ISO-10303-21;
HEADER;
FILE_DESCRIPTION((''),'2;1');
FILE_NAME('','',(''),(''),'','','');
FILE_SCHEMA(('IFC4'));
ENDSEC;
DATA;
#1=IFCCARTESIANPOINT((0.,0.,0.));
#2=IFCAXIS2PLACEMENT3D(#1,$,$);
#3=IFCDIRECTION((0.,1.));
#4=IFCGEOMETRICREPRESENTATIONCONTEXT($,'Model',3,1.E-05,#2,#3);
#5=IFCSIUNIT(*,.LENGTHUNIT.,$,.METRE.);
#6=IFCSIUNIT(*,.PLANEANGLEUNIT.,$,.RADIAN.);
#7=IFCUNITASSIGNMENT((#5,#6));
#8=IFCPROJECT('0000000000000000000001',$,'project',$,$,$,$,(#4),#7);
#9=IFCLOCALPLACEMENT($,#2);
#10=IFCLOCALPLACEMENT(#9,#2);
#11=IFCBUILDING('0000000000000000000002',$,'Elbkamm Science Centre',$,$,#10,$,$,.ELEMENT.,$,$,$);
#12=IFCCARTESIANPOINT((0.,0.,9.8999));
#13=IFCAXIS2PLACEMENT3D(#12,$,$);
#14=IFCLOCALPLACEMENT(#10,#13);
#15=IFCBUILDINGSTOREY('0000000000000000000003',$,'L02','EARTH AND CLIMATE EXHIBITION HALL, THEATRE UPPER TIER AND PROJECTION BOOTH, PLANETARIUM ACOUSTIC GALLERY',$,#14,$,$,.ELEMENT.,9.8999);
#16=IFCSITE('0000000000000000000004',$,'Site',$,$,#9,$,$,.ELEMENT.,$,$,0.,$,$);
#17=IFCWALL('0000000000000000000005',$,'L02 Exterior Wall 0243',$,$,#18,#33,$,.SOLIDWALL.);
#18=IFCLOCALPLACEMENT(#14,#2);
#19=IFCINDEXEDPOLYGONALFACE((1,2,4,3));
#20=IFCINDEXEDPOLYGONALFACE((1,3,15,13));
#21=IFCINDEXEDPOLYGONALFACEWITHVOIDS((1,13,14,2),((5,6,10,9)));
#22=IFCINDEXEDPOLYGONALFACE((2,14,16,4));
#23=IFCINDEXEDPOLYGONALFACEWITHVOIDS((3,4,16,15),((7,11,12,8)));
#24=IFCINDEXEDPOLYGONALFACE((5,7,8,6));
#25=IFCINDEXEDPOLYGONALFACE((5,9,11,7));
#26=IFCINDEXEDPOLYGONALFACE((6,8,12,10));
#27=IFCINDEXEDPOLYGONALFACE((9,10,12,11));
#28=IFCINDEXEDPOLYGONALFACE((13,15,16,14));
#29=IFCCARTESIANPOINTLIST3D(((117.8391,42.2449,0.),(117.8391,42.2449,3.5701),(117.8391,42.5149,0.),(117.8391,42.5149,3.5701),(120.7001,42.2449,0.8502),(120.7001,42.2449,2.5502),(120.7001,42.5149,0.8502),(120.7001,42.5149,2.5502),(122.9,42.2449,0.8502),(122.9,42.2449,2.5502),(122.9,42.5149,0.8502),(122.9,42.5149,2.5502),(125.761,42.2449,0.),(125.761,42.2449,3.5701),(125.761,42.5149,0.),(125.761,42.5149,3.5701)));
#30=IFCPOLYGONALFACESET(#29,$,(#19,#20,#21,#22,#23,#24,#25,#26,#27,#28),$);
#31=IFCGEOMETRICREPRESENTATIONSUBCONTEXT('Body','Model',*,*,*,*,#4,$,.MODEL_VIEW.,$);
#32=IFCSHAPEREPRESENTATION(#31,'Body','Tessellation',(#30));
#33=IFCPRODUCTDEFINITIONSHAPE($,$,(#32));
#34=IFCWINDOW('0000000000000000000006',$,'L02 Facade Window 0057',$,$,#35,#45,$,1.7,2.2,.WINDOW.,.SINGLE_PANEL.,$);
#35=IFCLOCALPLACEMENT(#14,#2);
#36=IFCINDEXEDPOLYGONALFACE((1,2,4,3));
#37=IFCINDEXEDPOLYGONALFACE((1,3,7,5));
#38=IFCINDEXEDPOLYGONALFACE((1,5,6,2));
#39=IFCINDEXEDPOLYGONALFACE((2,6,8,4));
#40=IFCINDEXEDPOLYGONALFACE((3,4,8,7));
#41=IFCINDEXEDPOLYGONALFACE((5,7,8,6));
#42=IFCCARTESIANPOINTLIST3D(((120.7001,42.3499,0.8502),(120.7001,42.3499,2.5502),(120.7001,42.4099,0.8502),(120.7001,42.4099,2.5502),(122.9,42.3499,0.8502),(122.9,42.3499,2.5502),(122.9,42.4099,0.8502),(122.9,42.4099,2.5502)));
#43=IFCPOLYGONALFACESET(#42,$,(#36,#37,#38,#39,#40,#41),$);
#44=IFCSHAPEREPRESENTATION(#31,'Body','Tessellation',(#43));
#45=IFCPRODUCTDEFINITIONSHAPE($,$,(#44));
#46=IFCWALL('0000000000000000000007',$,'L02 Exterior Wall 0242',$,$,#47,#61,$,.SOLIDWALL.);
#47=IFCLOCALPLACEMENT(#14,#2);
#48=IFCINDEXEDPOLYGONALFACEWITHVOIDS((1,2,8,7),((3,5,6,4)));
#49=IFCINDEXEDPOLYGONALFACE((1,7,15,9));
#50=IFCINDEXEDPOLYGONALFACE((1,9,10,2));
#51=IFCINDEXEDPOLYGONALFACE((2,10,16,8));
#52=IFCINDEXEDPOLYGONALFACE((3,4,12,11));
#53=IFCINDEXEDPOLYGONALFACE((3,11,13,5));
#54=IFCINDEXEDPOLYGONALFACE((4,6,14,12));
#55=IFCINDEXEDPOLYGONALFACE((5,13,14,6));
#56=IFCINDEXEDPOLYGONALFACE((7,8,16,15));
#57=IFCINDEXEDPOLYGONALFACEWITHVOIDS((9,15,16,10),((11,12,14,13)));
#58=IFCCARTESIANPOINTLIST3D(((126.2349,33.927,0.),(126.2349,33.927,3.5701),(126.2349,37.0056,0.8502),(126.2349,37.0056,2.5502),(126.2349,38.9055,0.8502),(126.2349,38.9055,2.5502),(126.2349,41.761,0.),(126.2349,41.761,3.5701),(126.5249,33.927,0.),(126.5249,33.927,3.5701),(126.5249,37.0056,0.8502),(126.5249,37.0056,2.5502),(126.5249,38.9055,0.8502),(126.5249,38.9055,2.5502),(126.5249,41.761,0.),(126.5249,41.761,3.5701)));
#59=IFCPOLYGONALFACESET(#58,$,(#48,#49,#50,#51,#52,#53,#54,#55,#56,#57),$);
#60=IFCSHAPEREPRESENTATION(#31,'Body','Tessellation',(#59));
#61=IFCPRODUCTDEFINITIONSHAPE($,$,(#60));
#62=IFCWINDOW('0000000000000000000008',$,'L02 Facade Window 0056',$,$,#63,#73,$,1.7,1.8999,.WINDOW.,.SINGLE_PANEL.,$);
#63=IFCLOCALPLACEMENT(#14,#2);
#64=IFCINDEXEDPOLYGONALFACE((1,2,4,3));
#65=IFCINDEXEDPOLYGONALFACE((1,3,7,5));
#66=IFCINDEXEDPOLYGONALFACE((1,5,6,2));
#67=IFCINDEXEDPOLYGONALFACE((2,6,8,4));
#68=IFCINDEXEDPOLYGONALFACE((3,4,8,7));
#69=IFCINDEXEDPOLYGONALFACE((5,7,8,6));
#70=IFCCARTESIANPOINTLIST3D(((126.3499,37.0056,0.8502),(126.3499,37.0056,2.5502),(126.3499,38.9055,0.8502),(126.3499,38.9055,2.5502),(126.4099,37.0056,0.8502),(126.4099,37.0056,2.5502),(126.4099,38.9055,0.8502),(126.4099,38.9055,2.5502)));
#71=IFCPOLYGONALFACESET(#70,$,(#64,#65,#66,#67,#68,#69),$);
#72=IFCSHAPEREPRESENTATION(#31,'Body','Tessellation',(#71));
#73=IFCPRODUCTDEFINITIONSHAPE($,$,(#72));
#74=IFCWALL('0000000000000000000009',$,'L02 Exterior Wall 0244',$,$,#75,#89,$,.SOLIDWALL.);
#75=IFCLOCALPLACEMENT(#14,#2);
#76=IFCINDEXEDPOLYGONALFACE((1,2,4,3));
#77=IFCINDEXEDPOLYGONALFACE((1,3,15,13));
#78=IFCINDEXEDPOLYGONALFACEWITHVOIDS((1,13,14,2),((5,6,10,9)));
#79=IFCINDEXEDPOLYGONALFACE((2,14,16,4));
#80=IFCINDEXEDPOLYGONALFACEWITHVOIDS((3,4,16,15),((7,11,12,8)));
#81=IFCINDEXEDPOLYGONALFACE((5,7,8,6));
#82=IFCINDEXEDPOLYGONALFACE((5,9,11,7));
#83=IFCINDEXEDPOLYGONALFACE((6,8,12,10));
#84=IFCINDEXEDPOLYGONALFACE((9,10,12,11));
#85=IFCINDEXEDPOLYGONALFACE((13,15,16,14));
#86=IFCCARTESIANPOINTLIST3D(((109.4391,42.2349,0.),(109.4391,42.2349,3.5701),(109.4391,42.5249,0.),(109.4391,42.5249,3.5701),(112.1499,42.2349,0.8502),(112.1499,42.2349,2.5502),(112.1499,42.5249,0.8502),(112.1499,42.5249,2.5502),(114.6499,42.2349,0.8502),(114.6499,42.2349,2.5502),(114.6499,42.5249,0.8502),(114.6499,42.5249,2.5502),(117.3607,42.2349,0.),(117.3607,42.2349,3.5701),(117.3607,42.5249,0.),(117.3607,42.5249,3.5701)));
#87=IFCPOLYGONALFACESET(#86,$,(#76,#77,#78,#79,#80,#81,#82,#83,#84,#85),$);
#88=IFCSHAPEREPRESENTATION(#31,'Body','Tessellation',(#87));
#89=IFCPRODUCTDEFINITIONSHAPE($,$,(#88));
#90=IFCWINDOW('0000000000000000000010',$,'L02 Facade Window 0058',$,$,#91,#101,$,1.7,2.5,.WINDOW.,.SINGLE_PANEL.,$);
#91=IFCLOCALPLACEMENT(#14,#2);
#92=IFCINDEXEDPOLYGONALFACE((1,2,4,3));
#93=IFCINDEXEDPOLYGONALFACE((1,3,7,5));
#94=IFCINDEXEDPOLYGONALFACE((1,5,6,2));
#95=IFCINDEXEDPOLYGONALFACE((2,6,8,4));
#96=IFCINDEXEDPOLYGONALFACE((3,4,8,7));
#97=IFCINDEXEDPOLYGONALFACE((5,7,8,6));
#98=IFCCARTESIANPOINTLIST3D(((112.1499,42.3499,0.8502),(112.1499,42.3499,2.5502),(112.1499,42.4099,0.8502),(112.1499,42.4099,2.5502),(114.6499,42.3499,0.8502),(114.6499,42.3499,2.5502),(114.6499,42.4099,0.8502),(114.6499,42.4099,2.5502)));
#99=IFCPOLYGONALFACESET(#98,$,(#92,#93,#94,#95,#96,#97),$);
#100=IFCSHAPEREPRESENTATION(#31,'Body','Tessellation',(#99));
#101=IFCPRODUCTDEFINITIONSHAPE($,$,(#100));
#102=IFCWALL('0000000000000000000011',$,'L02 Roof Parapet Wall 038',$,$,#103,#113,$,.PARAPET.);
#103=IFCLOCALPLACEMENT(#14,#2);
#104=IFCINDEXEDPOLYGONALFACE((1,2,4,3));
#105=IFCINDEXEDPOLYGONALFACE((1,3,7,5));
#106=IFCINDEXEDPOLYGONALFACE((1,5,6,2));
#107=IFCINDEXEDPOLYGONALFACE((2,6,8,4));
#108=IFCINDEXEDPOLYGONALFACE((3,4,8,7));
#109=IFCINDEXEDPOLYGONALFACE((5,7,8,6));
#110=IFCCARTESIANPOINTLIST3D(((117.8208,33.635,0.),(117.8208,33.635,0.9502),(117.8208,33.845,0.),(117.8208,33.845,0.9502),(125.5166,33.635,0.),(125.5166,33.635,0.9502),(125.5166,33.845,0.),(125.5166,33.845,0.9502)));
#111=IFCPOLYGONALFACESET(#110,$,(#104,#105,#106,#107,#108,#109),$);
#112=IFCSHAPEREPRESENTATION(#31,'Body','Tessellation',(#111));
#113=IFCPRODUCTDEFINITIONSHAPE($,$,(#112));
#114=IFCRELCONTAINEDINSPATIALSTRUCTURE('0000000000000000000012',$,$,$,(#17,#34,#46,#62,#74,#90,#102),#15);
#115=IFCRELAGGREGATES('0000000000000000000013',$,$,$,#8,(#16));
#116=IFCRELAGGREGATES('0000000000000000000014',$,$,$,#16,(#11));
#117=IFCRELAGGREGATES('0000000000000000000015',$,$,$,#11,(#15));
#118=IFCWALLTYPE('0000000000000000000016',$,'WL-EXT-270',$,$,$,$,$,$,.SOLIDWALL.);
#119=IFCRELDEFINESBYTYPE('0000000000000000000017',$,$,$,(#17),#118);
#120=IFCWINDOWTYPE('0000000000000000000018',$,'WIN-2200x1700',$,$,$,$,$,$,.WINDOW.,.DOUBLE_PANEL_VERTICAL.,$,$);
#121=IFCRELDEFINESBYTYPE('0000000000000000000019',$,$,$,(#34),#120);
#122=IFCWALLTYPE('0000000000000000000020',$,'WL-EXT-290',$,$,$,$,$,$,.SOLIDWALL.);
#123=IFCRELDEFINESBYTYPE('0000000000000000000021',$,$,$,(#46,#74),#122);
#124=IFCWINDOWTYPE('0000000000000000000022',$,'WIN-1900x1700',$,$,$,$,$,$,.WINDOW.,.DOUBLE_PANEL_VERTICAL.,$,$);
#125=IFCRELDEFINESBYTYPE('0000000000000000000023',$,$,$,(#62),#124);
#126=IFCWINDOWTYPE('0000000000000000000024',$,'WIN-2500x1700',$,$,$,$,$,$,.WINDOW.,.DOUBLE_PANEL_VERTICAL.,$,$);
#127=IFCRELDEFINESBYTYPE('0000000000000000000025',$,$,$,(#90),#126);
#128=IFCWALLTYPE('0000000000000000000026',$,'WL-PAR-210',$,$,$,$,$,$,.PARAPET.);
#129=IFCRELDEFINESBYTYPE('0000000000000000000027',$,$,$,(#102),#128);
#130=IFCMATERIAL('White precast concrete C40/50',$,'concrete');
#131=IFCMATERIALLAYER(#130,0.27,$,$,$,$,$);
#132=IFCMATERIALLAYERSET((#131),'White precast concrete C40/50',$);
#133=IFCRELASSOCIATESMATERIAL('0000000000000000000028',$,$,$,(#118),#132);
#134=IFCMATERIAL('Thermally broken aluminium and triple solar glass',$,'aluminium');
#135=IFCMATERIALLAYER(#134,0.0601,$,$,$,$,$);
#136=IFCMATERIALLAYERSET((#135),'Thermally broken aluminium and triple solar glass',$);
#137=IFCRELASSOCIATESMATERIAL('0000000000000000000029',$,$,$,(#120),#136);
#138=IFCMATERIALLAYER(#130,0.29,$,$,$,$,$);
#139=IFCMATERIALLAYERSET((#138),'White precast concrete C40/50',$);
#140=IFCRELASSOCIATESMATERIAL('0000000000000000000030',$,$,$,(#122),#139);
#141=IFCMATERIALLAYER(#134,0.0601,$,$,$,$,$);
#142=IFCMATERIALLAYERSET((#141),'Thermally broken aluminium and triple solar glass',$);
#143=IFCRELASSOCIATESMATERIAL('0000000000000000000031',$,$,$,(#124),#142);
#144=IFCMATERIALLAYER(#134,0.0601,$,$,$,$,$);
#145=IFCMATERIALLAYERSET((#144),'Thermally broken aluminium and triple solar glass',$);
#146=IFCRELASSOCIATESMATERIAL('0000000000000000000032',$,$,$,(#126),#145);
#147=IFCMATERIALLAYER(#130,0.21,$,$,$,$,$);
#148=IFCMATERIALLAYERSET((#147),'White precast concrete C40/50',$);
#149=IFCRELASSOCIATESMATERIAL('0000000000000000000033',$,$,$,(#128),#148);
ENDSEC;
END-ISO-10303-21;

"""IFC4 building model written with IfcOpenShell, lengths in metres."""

from ifc_helpers import new_model, si_unit, direction, frame, frame_2d, origin, place, context, subcontext, project, spatial, rectangle, extrude, material, layer, layer_set, type_object, element, fill, save


model = new_model("IFC4")

# Units and contexts
model_context = context("Model", 3, precision=1e-05, world=origin(), true_north=direction((0.0, 1.0)))
body_context = subcontext(model_context, "Body", "Model", "MODEL_VIEW")
ifc_project = project(units=[si_unit("LENGTHUNIT", "METRE"), si_unit("PLANEANGLEUNIT", "RADIAN")], contexts=[model_context])

# Site, building, storey
site_placement = place(None, origin())
site = spatial("IfcSite", under=ifc_project, at=site_placement, Name="Site", CompositionType="ELEMENT", RefElevation=0.0)
building_placement = place(site_placement, origin())
building = spatial("IfcBuilding", under=site, at=building_placement, Name="Elbkamm Science Centre", CompositionType="ELEMENT")
storey_placement = place(building_placement, frame((0.0, 0.0, 9.8999)))
storey = spatial("IfcBuildingStorey", under=building, at=storey_placement, Name="L02", Description="EARTH AND CLIMATE EXHIBITION HALL, THEATRE UPPER TIER AND PROJECTION BOOTH, PLANETARIUM ACOUSTIC GALLERY", CompositionType="ELEMENT", Elevation=9.8999)

# Walls, openings, windows
ifc_material_1 = material(Name="White precast concrete C40/50", Category="concrete")
ifc_layer_1 = layer(ifc_material_1, 0.27)
ifc_layer_set_1 = layer_set([ifc_layer_1], Name="White precast concrete C40/50")
wall_type_1 = type_object("IfcWallType", Name="WL-EXT-270", PredefinedType="SOLIDWALL", material=ifc_layer_set_1)
wall_1_placement = place(storey_placement, frame((125.761, 42.3799, 0.0), z_axis=(0.0, 0.0, 1.0), x_axis=(-1.0, 0.0, 0.0)))
wall_1 = element("IfcWall", 1, at=wall_1_placement, inside=storey, type_object=wall_type_1, Name="L02 Exterior Wall 0243", PredefinedType="SOLIDWALL", context=body_context, shape_type="SweptSolid", body=[
    extrude(rectangle(XDim=7.9219, YDim=0.27, at=frame_2d((3.9609, 0.0))), origin(), (0.0, 0.0, 1.0), 3.5701),
])
opening_1_placement = place(wall_1_placement, frame((2.8608, 0.0, 0.8501)))
opening_1 = element("IfcOpeningElement", 2, at=opening_1_placement, cuts=wall_1, PredefinedType="OPENING", context=body_context, shape_type="SweptSolid", body=[
    extrude(rectangle(XDim=2.2, YDim=1.7, at=frame_2d((1.1001, 0.8501))), frame((0.0, 0.147, 0.0), z_axis=(0.0, -1.0, 0.0), x_axis=(1.0, 0.0, 0.0)), (0.0, 0.0, 1.0), 0.2939),
])
ifc_material_2 = material(Name="Thermally broken aluminium and triple solar glass", Category="aluminium")
ifc_layer_2 = layer(ifc_material_2, 0.0601)
ifc_layer_set_2 = layer_set([ifc_layer_2], Name="Thermally broken aluminium and triple solar glass")
window_type_1 = type_object("IfcWindowType", Name="WIN-2200x1700", PartitioningType="DOUBLE_PANEL_VERTICAL", PredefinedType="WINDOW", material=ifc_layer_set_2)
window_1_placement = place(opening_1_placement, origin())
window_1 = element("IfcWindow", 3, at=window_1_placement, inside=storey, type_object=window_type_1, Name="L02 Facade Window 0057", OverallHeight=1.7, OverallWidth=2.2, PartitioningType="SINGLE_PANEL", PredefinedType="WINDOW", context=body_context, shape_type="SweptSolid", body=[
    extrude(rectangle(XDim=2.2, YDim=1.7, at=frame_2d((1.1001, 0.8501))), frame((0.0, 0.03, 0.0), z_axis=(0.0, -1.0, 0.0), x_axis=(1.0, 0.0, 0.0)), (0.0, 0.0, 1.0), 0.0601),
])
fill(opening_1, window_1)
ifc_layer_3 = layer(ifc_material_1, 0.29)
ifc_layer_set_3 = layer_set([ifc_layer_3], Name="White precast concrete C40/50")
wall_type_2 = type_object("IfcWallType", Name="WL-EXT-290", PredefinedType="SOLIDWALL", material=ifc_layer_set_3)
wall_2_placement = place(storey_placement, frame((126.3799, 33.927, 0.0), z_axis=(0.0, 0.0, 1.0), x_axis=(0.0, 1.0, 0.0)))
wall_2 = element("IfcWall", 4, at=wall_2_placement, inside=storey, type_object=wall_type_2, Name="L02 Exterior Wall 0242", PredefinedType="SOLIDWALL", context=body_context, shape_type="SweptSolid", body=[
    extrude(rectangle(XDim=7.834, YDim=0.29, at=frame_2d((3.917, 0.0))), origin(), (0.0, 0.0, 1.0), 3.5701),
])
opening_2_placement = place(wall_2_placement, frame((3.0786, 0.0, 0.8501)))
opening_2 = element("IfcOpeningElement", 5, at=opening_2_placement, cuts=wall_2, PredefinedType="OPENING", context=body_context, shape_type="SweptSolid", body=[
    extrude(rectangle(XDim=1.8999, YDim=1.7, at=frame_2d((0.95, 0.8501))), frame((0.0, 0.157, 0.0), z_axis=(0.0, -1.0, 0.0), x_axis=(1.0, 0.0, 0.0)), (0.0, 0.0, 1.0), 0.314),
])
ifc_layer_4 = layer(ifc_material_2, 0.0601)
ifc_layer_set_4 = layer_set([ifc_layer_4], Name="Thermally broken aluminium and triple solar glass")
window_type_2 = type_object("IfcWindowType", Name="WIN-1900x1700", PartitioningType="DOUBLE_PANEL_VERTICAL", PredefinedType="WINDOW", material=ifc_layer_set_4)
window_2_placement = place(opening_2_placement, origin())
window_2 = element("IfcWindow", 6, at=window_2_placement, inside=storey, type_object=window_type_2, Name="L02 Facade Window 0056", OverallHeight=1.7, OverallWidth=1.8999, PartitioningType="SINGLE_PANEL", PredefinedType="WINDOW", context=body_context, shape_type="SweptSolid", body=[
    extrude(rectangle(XDim=1.8999, YDim=1.7, at=frame_2d((0.95, 0.8501))), frame((0.0, 0.03, 0.0), z_axis=(0.0, -1.0, 0.0), x_axis=(1.0, 0.0, 0.0)), (0.0, 0.0, 1.0), 0.0601),
])
fill(opening_2, window_2)
wall_3_placement = place(storey_placement, frame((117.3608, 42.3799, 0.0), z_axis=(0.0, 0.0, 1.0), x_axis=(-1.0, 0.0, 0.0)))
wall_3 = element("IfcWall", 7, at=wall_3_placement, inside=storey, type_object=wall_type_2, Name="L02 Exterior Wall 0244", PredefinedType="SOLIDWALL", context=body_context, shape_type="SweptSolid", body=[
    extrude(rectangle(XDim=7.9216, YDim=0.29, at=frame_2d((3.9609, 0.0))), origin(), (0.0, 0.0, 1.0), 3.5701),
])
opening_3_placement = place(wall_3_placement, frame((2.7109, 0.0, 0.8501)))
opening_3 = element("IfcOpeningElement", 8, at=opening_3_placement, cuts=wall_3, PredefinedType="OPENING", context=body_context, shape_type="SweptSolid", body=[
    extrude(rectangle(XDim=2.5, YDim=1.7, at=frame_2d((1.25, 0.8501))), frame((0.0, 0.157, 0.0), z_axis=(0.0, -1.0, 0.0), x_axis=(1.0, 0.0, 0.0)), (0.0, 0.0, 1.0), 0.314),
])
ifc_layer_5 = layer(ifc_material_2, 0.0601)
ifc_layer_set_5 = layer_set([ifc_layer_5], Name="Thermally broken aluminium and triple solar glass")
window_type_3 = type_object("IfcWindowType", Name="WIN-2500x1700", PartitioningType="DOUBLE_PANEL_VERTICAL", PredefinedType="WINDOW", material=ifc_layer_set_5)
window_3_placement = place(opening_3_placement, origin())
window_3 = element("IfcWindow", 9, at=window_3_placement, inside=storey, type_object=window_type_3, Name="L02 Facade Window 0058", OverallHeight=1.7, OverallWidth=2.5, PartitioningType="SINGLE_PANEL", PredefinedType="WINDOW", context=body_context, shape_type="SweptSolid", body=[
    extrude(rectangle(XDim=2.5, YDim=1.7, at=frame_2d((1.25, 0.8501))), frame((0.0, 0.03, 0.0), z_axis=(0.0, -1.0, 0.0), x_axis=(1.0, 0.0, 0.0)), (0.0, 0.0, 1.0), 0.0601),
])
fill(opening_3, window_3)

# Wall
ifc_layer_6 = layer(ifc_material_1, 0.21)
ifc_layer_set_6 = layer_set([ifc_layer_6], Name="White precast concrete C40/50")
wall_type_3 = type_object("IfcWallType", Name="WL-PAR-210", PredefinedType="PARAPET", material=ifc_layer_set_6)
wall_4_placement = place(storey_placement, frame((125.5166, 33.74, 0.0), z_axis=(0.0, 0.0, 1.0), x_axis=(-1.0, 0.0, 0.0)))
element("IfcWall", 10, at=wall_4_placement, inside=storey, type_object=wall_type_3, Name="L02 Roof Parapet Wall 038", PredefinedType="PARAPET", context=body_context, shape_type="SweptSolid", body=[
    extrude(rectangle(XDim=7.6958, YDim=0.21, at=frame_2d((3.8479, 0.0))), origin(), (0.0, 0.0, 1.0), 0.9502),
])

save(model, "model.ifc")
